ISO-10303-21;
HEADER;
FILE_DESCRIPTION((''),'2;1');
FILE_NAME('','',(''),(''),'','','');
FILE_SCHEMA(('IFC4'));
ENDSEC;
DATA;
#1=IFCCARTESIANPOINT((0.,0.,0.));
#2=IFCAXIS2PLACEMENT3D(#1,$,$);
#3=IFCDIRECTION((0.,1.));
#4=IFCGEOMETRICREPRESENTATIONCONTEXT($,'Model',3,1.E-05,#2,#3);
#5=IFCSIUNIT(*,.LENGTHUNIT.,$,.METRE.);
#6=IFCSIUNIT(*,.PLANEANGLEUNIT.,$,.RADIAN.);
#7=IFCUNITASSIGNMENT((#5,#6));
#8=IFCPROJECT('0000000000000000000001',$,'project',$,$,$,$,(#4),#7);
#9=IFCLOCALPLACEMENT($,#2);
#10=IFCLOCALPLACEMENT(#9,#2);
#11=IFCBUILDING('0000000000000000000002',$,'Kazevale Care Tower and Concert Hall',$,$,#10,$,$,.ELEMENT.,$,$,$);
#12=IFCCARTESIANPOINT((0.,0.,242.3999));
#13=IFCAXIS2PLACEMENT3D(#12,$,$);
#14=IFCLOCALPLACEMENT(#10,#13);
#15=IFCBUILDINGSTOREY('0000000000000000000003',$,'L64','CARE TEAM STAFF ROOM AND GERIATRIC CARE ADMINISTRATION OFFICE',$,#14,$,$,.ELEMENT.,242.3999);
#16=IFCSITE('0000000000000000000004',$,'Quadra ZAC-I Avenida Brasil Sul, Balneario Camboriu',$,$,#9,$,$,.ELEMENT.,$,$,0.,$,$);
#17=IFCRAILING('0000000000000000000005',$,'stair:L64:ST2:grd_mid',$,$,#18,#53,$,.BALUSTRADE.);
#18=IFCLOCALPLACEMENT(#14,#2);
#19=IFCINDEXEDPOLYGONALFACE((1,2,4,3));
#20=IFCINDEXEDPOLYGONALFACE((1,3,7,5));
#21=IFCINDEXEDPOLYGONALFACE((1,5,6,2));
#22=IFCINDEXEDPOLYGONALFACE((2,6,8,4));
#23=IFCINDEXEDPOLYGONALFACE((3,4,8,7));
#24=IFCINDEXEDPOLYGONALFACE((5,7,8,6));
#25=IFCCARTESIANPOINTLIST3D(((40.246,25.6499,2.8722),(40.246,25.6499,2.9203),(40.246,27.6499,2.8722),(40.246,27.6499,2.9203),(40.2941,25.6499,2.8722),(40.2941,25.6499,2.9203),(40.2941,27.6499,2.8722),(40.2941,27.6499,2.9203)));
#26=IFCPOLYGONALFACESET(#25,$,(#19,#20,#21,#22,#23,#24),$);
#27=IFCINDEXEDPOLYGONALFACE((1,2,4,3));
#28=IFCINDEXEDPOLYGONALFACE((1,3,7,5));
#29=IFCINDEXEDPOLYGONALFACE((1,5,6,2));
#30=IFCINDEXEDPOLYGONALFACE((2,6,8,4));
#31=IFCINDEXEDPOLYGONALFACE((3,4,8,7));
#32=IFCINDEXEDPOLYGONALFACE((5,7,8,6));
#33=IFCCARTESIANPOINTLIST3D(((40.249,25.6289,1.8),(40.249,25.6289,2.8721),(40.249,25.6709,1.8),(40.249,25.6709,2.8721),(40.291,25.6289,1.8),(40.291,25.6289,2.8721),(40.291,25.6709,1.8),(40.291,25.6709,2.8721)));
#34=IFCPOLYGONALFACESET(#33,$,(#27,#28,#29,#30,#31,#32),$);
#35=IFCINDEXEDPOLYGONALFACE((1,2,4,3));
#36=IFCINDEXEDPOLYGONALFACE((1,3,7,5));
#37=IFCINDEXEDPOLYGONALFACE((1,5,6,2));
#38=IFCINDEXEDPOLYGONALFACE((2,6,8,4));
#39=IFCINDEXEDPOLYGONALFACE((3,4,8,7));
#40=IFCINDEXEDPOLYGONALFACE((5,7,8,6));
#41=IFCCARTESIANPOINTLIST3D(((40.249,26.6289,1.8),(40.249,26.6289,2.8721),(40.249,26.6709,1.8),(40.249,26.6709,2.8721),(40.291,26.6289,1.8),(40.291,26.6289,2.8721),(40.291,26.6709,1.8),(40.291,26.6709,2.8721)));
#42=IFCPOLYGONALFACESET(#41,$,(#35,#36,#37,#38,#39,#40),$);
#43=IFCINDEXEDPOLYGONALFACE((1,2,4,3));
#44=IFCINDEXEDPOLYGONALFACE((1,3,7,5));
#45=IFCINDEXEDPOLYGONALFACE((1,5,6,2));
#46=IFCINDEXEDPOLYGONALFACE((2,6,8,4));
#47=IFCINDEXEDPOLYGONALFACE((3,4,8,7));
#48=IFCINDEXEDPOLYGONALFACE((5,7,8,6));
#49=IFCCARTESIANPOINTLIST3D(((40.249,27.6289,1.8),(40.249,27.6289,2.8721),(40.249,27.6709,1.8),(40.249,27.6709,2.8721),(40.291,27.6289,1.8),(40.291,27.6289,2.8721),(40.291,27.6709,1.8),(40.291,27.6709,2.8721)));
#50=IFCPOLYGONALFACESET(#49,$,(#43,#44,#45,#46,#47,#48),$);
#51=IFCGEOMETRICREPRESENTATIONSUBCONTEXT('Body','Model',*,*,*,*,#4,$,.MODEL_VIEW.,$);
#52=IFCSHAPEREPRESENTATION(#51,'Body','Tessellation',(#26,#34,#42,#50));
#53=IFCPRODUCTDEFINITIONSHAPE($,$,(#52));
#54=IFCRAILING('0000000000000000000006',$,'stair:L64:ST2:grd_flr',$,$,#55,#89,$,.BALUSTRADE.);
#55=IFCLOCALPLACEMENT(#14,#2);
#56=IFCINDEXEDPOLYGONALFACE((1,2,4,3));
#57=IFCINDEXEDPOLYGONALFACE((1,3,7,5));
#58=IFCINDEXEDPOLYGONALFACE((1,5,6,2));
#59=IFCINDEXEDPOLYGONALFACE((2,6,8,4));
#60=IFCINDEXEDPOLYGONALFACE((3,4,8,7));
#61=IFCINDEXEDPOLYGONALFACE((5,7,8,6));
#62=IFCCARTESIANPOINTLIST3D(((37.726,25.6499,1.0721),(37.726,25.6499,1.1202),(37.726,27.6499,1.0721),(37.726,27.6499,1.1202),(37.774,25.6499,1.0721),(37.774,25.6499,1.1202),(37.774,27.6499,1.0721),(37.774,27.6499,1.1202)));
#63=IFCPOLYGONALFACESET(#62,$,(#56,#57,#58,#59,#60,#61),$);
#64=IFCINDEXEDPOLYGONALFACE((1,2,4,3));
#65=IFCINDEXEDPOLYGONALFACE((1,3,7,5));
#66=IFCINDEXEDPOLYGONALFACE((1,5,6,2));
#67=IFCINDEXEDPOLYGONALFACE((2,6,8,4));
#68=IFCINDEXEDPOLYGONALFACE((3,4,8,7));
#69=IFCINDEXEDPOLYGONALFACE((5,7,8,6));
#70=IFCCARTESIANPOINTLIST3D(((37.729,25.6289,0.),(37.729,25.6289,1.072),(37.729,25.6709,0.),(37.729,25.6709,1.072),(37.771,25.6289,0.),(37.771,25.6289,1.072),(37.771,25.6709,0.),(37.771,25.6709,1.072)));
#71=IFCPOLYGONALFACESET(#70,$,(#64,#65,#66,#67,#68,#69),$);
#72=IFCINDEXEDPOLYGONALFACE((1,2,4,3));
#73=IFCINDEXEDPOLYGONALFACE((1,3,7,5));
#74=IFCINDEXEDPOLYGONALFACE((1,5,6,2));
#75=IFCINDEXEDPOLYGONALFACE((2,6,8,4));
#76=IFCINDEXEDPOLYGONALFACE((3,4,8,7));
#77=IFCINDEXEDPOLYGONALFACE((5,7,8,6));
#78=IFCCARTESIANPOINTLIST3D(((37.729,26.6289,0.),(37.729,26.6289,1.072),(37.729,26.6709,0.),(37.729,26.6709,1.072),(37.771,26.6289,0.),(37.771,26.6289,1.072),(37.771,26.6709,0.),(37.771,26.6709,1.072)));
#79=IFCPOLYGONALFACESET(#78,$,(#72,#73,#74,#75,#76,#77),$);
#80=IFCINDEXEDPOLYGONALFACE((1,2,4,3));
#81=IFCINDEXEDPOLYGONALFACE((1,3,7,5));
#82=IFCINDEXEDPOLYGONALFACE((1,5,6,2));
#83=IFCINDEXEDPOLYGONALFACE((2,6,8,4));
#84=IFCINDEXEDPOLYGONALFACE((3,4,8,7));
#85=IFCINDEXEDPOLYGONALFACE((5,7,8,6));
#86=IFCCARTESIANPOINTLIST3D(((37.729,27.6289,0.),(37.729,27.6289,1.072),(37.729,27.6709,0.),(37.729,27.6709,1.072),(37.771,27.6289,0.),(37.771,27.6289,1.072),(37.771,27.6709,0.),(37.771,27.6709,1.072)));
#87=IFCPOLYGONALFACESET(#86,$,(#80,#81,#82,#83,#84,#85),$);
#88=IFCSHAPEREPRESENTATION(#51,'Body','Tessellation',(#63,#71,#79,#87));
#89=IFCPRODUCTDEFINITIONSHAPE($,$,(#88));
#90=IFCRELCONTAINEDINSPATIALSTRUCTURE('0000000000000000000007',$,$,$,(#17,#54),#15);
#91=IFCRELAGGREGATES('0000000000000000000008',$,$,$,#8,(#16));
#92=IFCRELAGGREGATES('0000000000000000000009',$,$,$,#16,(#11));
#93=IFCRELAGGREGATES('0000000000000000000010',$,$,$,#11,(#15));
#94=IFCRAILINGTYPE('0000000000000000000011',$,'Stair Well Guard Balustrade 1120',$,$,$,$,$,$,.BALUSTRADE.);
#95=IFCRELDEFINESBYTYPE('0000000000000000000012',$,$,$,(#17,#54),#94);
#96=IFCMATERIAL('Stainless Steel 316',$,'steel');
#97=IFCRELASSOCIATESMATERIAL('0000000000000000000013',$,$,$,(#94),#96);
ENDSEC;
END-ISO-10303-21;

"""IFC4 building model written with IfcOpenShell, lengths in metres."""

from ifc_helpers import new_model, si_unit, direction, frame, origin, origin_2d, place, context, subcontext, project, spatial, rectangle, extrude, material, type_object, element, save


model = new_model("IFC4")

# Units and contexts
model_context = context("Model", 3, precision=1e-05, world=origin(), true_north=direction((0.0, 1.0)))
body_context = subcontext(model_context, "Body", "Model", "MODEL_VIEW")
ifc_project = project(units=[si_unit("LENGTHUNIT", "METRE"), si_unit("PLANEANGLEUNIT", "RADIAN")], contexts=[model_context])

# Site, building, storey
site_placement = place(None, origin())
site = spatial("IfcSite", under=ifc_project, at=site_placement, Name="Quadra ZAC-I Avenida Brasil Sul, Balneario Camboriu", CompositionType="ELEMENT", RefElevation=0.0)
building_placement = place(site_placement, origin())
building = spatial("IfcBuilding", under=site, at=building_placement, Name="Kazevale Care Tower and Concert Hall", CompositionType="ELEMENT")
storey_placement = place(building_placement, frame((0.0, 0.0, 242.3999)))
storey = spatial("IfcBuildingStorey", under=building, at=storey_placement, Name="L64", Description="CARE TEAM STAFF ROOM AND GERIATRIC CARE ADMINISTRATION OFFICE", CompositionType="ELEMENT", Elevation=242.3999)

# Railings
ifc_material_1 = material(Name="Stainless Steel 316", Category="steel")
railing_type_1 = type_object("IfcRailingType", Name="Stair Well Guard Balustrade 1120", PredefinedType="BALUSTRADE", material=ifc_material_1)
for number, where, name in (
    (1, (40.27, 25.6499, 1.8), "stair:L64:ST2:grd_mid"),
    (2, (37.75, 25.6499, 0.0), "stair:L64:ST2:grd_flr"),
):
    element("IfcRailing", number, at=place(storey_placement, frame(where)), inside=storey, type_object=railing_type_1, Name=name, PredefinedType="BALUSTRADE", context=body_context, shape_type="SweptSolid", body=[
        extrude(rectangle(XDim=0.0481, YDim=0.0481, at=origin_2d()), frame((0.0, 0.0, 1.0962), z_axis=(0.0, 1.0, 0.0), x_axis=(-1.0, 0.0, 0.0)), (0.0, 0.0, 1.0), 2.0),
        extrude(rectangle(XDim=0.042, YDim=0.042, at=origin_2d()), origin(), (0.0, 0.0, 1.0), 1.072),
        extrude(rectangle(XDim=0.042, YDim=0.042, at=origin_2d()), frame((0.0, 1.0, 0.0)), (0.0, 0.0, 1.0), 1.072),
        extrude(rectangle(XDim=0.042, YDim=0.042, at=origin_2d()), frame((0.0, 2.0, 0.0)), (0.0, 0.0, 1.0), 1.072),
    ])

save(model, "model.ifc")
